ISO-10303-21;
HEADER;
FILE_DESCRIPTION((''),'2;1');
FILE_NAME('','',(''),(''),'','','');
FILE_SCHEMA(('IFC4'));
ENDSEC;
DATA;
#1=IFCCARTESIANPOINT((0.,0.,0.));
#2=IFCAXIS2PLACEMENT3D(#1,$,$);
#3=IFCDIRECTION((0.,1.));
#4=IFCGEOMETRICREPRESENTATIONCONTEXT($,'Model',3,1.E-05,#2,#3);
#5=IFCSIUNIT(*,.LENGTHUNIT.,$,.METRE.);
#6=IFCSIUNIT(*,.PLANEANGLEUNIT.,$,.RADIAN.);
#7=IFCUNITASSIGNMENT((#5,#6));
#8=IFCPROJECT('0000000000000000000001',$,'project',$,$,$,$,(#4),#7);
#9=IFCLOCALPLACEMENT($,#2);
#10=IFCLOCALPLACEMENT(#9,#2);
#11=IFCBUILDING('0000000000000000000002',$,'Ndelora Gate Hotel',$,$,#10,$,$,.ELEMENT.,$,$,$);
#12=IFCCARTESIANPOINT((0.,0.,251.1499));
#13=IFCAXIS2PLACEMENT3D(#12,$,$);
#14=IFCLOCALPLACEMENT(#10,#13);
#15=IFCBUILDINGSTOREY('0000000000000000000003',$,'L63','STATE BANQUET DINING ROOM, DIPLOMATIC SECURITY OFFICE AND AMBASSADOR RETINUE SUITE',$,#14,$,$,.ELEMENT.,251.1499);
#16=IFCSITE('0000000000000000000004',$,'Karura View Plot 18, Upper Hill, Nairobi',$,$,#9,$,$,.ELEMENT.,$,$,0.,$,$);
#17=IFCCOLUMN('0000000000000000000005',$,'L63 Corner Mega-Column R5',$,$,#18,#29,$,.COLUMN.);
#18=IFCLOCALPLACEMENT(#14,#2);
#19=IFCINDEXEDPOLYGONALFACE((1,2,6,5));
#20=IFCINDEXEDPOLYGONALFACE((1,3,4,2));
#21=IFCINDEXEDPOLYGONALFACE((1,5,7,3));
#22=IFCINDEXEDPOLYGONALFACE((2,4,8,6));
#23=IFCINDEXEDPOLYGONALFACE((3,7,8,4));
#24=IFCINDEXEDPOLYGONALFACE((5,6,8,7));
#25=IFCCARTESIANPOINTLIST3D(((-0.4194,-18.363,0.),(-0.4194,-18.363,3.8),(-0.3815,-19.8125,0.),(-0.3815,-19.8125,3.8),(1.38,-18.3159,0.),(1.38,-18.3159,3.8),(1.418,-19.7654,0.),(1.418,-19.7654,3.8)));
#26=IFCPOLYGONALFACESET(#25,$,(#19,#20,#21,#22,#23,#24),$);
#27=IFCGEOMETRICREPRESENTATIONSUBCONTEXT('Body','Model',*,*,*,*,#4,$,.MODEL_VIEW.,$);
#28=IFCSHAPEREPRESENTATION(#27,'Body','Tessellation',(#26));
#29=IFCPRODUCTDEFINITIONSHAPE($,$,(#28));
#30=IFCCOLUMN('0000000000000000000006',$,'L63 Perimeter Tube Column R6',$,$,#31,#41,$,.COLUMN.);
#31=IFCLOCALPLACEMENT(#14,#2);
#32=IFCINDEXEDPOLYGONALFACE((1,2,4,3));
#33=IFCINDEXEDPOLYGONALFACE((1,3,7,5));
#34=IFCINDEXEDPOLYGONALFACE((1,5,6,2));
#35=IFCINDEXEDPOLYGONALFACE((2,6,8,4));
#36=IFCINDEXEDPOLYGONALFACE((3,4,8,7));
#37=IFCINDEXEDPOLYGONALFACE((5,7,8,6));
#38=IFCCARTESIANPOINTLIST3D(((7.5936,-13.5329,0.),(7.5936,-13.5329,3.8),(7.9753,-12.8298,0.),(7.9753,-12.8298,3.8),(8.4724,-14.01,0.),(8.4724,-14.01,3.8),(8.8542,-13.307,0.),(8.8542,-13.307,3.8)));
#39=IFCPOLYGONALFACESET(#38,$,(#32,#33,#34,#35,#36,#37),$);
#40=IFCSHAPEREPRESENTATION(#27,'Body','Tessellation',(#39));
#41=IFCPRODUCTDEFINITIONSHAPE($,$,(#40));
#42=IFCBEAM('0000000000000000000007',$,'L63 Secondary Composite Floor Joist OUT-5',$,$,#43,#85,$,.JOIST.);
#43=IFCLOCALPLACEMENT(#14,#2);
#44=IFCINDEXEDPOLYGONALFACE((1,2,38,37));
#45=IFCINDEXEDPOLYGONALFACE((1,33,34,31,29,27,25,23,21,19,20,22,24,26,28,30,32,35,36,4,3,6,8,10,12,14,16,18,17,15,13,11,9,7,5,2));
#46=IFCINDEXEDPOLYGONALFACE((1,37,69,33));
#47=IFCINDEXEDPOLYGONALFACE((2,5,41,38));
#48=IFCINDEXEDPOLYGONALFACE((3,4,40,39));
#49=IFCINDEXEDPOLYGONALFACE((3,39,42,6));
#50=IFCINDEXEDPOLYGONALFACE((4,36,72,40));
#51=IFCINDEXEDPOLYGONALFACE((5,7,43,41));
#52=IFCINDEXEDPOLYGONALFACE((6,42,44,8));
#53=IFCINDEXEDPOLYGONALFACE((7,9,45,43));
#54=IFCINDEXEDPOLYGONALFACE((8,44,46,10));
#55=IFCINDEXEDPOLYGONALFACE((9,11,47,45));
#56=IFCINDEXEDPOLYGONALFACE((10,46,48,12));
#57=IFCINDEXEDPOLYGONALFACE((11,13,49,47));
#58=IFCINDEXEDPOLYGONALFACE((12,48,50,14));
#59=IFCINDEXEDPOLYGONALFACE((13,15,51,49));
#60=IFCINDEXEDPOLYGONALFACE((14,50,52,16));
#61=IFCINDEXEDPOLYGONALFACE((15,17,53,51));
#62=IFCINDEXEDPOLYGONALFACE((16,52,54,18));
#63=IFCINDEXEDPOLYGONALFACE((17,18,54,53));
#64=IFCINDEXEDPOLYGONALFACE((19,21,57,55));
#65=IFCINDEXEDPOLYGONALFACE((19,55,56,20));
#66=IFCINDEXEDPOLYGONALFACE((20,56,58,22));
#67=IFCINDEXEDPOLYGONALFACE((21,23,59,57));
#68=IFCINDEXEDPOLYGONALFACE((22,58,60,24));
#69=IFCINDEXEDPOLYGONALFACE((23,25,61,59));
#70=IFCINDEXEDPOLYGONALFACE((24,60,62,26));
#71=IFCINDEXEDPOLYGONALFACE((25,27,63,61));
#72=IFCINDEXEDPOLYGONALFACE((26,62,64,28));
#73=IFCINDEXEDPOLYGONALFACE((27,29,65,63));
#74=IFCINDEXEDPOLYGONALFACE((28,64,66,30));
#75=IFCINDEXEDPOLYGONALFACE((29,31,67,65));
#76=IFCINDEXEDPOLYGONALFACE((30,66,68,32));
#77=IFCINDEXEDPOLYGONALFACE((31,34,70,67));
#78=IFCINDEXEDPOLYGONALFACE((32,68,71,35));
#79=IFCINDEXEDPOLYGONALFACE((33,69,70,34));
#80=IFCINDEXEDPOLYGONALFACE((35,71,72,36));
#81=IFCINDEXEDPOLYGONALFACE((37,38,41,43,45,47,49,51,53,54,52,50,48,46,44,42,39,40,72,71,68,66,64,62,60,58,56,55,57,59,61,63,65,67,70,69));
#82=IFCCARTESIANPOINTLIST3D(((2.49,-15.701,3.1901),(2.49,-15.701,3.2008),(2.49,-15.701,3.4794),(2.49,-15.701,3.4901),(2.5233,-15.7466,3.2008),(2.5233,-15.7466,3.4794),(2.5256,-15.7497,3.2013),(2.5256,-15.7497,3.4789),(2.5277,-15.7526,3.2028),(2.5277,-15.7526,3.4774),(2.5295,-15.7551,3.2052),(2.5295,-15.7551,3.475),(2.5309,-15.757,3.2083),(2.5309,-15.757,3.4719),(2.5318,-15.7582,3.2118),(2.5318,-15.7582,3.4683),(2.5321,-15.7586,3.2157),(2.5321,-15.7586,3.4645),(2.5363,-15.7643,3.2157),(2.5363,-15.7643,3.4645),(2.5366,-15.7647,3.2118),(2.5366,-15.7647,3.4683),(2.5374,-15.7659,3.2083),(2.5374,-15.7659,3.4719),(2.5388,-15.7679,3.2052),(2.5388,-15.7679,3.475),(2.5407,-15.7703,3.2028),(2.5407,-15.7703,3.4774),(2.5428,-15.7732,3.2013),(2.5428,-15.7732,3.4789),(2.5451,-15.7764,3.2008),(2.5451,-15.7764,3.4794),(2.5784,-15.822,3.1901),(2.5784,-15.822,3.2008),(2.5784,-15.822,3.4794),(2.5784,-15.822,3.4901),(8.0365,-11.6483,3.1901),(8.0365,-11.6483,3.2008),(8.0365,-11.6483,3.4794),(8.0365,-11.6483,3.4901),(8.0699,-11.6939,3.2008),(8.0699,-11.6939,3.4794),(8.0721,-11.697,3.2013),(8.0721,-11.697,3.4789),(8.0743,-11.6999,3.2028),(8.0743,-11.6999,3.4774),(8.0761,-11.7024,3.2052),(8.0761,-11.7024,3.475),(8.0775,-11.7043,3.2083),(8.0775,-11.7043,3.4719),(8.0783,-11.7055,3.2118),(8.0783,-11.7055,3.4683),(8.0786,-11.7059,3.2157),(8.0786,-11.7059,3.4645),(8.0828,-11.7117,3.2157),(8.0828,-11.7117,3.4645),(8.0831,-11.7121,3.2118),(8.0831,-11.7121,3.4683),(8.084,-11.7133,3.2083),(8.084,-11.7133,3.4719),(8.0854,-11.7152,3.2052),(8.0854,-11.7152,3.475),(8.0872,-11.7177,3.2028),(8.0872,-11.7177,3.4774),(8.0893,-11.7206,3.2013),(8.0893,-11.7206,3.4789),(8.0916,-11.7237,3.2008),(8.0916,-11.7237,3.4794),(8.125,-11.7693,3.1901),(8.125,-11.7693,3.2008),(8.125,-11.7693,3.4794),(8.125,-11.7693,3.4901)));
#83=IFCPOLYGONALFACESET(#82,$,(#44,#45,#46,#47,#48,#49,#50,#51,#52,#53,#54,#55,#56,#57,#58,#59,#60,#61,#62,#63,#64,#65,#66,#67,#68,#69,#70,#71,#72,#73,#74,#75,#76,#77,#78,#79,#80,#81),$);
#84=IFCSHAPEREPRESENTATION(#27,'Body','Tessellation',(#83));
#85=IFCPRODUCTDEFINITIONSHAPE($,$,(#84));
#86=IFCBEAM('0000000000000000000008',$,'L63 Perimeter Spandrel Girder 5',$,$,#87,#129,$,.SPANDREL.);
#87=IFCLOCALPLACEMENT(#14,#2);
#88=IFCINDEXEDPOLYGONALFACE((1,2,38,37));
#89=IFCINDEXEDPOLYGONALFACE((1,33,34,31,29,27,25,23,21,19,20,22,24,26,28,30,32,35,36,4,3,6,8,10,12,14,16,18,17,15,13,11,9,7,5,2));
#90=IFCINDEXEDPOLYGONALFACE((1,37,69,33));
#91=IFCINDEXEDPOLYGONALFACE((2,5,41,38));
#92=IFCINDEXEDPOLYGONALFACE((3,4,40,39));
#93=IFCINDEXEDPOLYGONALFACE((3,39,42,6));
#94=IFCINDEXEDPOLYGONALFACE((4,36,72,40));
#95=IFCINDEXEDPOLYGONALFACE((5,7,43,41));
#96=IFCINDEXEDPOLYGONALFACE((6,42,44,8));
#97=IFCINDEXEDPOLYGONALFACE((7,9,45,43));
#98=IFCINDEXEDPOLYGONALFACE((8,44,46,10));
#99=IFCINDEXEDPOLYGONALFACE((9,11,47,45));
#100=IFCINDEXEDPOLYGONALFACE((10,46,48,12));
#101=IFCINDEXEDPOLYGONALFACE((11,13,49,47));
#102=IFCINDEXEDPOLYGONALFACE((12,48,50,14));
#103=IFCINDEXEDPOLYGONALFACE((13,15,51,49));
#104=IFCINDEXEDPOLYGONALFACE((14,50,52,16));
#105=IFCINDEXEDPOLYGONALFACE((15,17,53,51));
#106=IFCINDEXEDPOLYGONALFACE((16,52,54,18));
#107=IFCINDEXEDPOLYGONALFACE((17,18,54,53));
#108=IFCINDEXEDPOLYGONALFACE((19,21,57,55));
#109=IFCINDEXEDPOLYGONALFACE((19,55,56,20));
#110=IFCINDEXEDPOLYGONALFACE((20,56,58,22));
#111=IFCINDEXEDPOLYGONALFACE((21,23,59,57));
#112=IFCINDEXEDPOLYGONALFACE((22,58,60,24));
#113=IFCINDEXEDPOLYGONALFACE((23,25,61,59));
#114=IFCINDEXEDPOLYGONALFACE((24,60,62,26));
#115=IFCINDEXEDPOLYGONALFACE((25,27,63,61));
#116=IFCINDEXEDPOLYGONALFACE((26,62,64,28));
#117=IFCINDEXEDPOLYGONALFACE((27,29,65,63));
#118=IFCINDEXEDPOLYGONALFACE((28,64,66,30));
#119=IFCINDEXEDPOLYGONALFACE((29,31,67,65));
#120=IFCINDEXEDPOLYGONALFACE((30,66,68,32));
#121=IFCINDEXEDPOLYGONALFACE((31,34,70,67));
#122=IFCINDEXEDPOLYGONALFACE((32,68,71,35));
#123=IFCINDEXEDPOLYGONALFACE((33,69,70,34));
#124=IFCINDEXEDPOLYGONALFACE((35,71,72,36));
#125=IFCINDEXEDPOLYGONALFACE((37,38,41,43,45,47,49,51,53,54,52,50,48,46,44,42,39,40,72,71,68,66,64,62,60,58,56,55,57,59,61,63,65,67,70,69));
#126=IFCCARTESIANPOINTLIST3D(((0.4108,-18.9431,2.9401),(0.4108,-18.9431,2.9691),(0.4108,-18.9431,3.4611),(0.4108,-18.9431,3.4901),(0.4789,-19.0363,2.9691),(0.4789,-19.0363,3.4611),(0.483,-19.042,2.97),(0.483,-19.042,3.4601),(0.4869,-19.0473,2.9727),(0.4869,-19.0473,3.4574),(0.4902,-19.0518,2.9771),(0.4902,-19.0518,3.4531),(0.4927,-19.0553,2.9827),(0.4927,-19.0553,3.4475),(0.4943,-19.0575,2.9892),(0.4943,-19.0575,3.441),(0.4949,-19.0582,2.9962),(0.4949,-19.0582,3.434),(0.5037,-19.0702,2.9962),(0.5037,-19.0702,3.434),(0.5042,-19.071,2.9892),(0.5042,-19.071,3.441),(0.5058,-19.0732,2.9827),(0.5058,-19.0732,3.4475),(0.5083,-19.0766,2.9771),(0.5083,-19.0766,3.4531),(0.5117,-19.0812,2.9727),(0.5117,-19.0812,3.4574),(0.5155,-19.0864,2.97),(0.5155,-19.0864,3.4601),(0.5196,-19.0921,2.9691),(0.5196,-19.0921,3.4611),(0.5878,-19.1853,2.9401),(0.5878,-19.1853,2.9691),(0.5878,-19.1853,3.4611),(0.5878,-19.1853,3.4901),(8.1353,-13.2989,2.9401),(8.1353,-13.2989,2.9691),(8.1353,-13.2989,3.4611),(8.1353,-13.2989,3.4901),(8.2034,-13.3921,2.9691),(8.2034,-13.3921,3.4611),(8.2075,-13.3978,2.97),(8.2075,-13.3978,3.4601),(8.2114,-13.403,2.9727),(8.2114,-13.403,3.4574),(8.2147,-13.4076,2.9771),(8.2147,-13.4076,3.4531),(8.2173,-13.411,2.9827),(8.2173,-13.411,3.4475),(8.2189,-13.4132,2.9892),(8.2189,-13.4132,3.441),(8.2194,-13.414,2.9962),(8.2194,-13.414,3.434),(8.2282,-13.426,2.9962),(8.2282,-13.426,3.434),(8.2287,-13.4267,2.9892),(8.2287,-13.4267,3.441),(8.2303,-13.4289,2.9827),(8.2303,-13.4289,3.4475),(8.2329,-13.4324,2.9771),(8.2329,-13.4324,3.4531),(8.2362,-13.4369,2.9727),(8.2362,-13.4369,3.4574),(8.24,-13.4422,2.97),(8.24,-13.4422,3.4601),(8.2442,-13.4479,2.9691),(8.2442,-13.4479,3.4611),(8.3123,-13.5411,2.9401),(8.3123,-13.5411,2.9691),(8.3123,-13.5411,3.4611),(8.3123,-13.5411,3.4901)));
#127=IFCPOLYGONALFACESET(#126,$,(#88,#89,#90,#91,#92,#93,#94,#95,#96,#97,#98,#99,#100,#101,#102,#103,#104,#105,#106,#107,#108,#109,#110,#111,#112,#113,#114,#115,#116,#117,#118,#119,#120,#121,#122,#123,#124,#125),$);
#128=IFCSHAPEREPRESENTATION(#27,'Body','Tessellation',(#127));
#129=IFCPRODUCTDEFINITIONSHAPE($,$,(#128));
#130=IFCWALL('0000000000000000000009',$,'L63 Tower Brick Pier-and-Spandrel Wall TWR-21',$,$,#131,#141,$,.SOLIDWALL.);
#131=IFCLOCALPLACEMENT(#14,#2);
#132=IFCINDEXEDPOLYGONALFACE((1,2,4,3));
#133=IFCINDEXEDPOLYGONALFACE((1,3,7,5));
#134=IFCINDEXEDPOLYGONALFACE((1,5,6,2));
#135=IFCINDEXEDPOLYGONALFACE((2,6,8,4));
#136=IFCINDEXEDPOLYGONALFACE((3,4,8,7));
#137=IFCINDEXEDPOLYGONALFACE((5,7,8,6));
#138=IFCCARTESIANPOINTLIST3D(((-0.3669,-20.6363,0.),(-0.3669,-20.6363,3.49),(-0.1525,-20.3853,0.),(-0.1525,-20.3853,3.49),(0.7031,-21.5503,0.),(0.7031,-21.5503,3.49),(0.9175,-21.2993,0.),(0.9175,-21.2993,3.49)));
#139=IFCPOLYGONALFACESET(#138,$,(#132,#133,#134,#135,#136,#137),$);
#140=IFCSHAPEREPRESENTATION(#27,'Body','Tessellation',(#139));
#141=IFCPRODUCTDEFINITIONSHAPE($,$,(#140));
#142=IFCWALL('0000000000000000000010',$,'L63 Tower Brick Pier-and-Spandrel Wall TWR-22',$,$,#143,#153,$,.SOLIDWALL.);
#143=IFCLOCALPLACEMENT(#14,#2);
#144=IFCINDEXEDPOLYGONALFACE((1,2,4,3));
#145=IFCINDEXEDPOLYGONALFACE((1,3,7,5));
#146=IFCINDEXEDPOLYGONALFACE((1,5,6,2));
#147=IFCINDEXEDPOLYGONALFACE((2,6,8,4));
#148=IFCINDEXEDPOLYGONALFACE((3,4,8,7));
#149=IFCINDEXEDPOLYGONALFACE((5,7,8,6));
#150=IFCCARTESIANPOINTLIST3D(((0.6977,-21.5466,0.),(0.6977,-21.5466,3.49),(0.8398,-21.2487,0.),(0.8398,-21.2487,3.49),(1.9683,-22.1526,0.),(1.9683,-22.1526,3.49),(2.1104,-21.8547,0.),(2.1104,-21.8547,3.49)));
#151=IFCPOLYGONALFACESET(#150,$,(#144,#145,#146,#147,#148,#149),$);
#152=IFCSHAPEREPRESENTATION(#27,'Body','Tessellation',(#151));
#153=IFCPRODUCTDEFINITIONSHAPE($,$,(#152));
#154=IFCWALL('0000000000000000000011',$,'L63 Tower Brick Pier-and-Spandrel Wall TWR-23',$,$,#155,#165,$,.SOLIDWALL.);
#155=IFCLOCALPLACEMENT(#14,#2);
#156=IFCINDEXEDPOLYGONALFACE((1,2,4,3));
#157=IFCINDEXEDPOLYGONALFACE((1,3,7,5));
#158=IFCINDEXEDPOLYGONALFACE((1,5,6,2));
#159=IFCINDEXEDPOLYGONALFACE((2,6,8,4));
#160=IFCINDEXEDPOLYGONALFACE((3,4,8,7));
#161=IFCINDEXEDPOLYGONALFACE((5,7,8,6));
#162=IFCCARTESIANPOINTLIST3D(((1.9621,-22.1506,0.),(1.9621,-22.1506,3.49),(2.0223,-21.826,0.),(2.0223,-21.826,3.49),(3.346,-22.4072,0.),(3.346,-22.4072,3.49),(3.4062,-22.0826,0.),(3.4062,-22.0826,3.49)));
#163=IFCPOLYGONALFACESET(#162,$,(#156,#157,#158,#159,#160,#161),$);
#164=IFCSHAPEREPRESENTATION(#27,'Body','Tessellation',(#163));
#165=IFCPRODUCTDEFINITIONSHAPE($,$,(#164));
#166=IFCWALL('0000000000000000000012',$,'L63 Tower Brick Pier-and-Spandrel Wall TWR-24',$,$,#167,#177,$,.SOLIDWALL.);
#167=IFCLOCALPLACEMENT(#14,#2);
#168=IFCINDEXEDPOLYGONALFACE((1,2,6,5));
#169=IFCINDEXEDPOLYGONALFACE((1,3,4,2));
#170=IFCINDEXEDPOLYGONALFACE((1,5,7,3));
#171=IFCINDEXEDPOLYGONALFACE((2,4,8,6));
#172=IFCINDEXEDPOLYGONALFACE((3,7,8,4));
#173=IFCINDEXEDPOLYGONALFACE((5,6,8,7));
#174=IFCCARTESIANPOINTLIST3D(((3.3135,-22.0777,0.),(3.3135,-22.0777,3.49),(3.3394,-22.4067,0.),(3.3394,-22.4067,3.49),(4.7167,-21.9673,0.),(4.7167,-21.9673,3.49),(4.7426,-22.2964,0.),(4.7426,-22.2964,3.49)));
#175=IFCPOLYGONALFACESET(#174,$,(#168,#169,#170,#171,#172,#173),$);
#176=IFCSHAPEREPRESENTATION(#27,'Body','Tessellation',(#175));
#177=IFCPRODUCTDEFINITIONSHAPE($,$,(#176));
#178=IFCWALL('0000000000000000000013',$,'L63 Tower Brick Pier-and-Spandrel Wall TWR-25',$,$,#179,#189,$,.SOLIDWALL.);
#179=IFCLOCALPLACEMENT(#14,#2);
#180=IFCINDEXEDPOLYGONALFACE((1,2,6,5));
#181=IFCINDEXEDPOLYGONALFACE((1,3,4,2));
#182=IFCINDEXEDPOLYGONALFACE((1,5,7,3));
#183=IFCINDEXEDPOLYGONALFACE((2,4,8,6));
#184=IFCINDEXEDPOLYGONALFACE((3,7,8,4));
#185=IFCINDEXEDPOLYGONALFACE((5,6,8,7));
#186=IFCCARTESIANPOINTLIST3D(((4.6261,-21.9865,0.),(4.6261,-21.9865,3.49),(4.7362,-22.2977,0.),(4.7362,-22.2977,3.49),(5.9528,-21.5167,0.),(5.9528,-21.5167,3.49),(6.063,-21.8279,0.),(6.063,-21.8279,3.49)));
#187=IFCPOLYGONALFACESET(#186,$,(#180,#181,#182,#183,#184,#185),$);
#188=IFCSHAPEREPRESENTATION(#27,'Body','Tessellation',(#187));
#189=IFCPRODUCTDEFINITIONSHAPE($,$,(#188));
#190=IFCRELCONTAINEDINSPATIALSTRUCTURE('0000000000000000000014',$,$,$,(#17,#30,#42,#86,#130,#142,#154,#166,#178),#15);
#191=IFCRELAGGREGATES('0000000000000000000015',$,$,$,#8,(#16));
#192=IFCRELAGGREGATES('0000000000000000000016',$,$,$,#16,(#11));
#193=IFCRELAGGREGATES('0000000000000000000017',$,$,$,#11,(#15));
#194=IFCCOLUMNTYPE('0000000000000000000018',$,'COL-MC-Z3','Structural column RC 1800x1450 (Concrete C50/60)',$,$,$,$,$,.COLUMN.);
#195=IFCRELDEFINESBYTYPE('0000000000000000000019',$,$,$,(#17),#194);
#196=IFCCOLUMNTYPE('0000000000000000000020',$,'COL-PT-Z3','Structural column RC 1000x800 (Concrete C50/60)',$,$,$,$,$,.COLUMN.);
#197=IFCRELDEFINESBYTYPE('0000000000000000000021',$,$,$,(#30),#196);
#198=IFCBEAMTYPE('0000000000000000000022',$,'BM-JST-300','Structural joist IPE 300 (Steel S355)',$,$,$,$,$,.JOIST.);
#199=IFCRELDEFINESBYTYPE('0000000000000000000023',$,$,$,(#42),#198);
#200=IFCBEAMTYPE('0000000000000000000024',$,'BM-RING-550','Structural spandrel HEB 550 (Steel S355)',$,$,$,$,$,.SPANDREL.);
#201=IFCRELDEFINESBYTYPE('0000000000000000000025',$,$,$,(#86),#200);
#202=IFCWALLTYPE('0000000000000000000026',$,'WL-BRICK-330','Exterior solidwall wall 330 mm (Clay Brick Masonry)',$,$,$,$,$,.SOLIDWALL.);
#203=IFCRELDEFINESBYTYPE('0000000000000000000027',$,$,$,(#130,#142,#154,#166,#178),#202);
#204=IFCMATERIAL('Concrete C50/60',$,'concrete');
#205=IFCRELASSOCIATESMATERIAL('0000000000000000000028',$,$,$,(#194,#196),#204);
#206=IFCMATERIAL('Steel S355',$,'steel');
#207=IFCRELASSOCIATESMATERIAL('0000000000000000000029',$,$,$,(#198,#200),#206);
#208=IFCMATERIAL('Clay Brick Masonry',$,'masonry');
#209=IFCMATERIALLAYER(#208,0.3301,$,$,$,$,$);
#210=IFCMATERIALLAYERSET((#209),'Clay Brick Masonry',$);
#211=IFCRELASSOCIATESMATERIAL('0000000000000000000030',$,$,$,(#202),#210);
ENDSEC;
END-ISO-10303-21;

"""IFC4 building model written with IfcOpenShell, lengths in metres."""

from ifc_helpers import new_model, si_unit, direction, frame, frame_2d, origin, origin_2d, place, context, subcontext, project, spatial, rectangle, i_section, extrude, material, layer, layer_set, material_profile, profile_set, type_object, element, save


model = new_model("IFC4")

# Units and contexts
model_context = context("Model", 3, precision=1e-05, world=origin(), true_north=direction((0.0, 1.0)))
body_context = subcontext(model_context, "Body", "Model", "MODEL_VIEW")
ifc_project = project(units=[si_unit("LENGTHUNIT", "METRE"), si_unit("PLANEANGLEUNIT", "RADIAN")], contexts=[model_context])

# Site, building, storey
site_placement = place(None, origin())
site = spatial("IfcSite", under=ifc_project, at=site_placement, Name="Karura View Plot 18, Upper Hill, Nairobi", CompositionType="ELEMENT", RefElevation=0.0)
building_placement = place(site_placement, origin())
building = spatial("IfcBuilding", under=site, at=building_placement, Name="Ndelora Gate Hotel", CompositionType="ELEMENT")
storey_placement = place(building_placement, frame((0.0, 0.0, 251.1499)))
storey = spatial("IfcBuildingStorey", under=building, at=storey_placement, Name="L63", Description="STATE BANQUET DINING ROOM, DIPLOMATIC SECURITY OFFICE AND AMBASSADOR RETINUE SUITE", CompositionType="ELEMENT", Elevation=251.1499)

# Columns
ifc_material_1 = material(Name="Concrete C50/60", Category="concrete")
ifc_material_profile_1 = material_profile(ifc_material_1, rectangle(XDim=1.45, YDim=1.8, at=origin_2d()), Name="RC 1800x1450")
ifc_profile_set_1 = profile_set([ifc_material_profile_1], Name="Concrete C50/60")
column_type_1 = type_object("IfcColumnType", Name="COL-MC-Z3", Description="Structural column RC 1800x1450 (Concrete C50/60)", PredefinedType="COLUMN", material=ifc_profile_set_1)
column_1_placement = place(storey_placement, frame((0.4993, -19.0642, 0.0), z_axis=(0.0, 0.0, 1.0), x_axis=(-0.026177, 0.999657, 0.0)))
element("IfcColumn", 1, at=column_1_placement, inside=storey, type_object=column_type_1, Name="L63 Corner Mega-Column R5", PredefinedType="COLUMN", context=body_context, shape_type="SweptSolid", body=[
    extrude(rectangle(XDim=1.45, YDim=1.8, at=origin_2d()), origin(), (0.0, 0.0, 1.0), 3.8),
])
ifc_material_profile_2 = material_profile(ifc_material_1, rectangle(XDim=0.8, YDim=1.0, at=origin_2d()), Name="RC 1000x800")
ifc_profile_set_2 = profile_set([ifc_material_profile_2], Name="Concrete C50/60")
column_type_2 = type_object("IfcColumnType", Name="COL-PT-Z3", Description="Structural column RC 1000x800 (Concrete C50/60)", PredefinedType="COLUMN", material=ifc_profile_set_2)
column_2_placement = place(storey_placement, frame((8.2239, -13.4199, 0.0), z_axis=(0.0, 0.0, 1.0), x_axis=(0.477159, 0.878817, 0.0)))
element("IfcColumn", 2, at=column_2_placement, inside=storey, type_object=column_type_2, Name="L63 Perimeter Tube Column R6", PredefinedType="COLUMN", context=body_context, shape_type="SweptSolid", body=[
    extrude(rectangle(XDim=0.8, YDim=1.0, at=origin_2d()), origin(), (0.0, 0.0, 1.0), 3.8),
])

# Beams
ifc_material_2 = material(Name="Steel S355", Category="steel")
ifc_material_profile_3 = material_profile(ifc_material_2, i_section(OverallWidth=0.1499, OverallDepth=0.3, WebThickness=0.0071, FlangeThickness=0.0107, FilletRadius=0.0149, at=origin_2d()), Name="IPE 300")
ifc_profile_set_3 = profile_set([ifc_material_profile_3], Name="Steel S355")
beam_type_1 = type_object("IfcBeamType", Name="BM-JST-300", Description="Structural joist IPE 300 (Steel S355)", PredefinedType="JOIST", material=ifc_profile_set_3)
beam_1_placement = place(storey_placement, frame((2.5342, -15.7615, 3.3401), z_axis=(0.807431, 0.589962, 0.0), x_axis=(-0.589962, 0.807431, 0.0)))
element("IfcBeam", 3, at=beam_1_placement, inside=storey, type_object=beam_type_1, Name="L63 Secondary Composite Floor Joist OUT-5", PredefinedType="JOIST", context=body_context, shape_type="SweptSolid", body=[
    extrude(i_section(OverallWidth=0.1499, OverallDepth=0.3, WebThickness=0.0071, FlangeThickness=0.0107, FilletRadius=0.0149, at=origin_2d()), origin(), (0.0, 0.0, 1.0), 6.8694),
])
ifc_material_profile_4 = material_profile(ifc_material_2, i_section(OverallWidth=0.3, OverallDepth=0.55, WebThickness=0.0149, FlangeThickness=0.0291, FilletRadius=0.0271, at=origin_2d()), Name="HEB 550")
ifc_profile_set_4 = profile_set([ifc_material_profile_4], Name="Steel S355")
beam_type_2 = type_object("IfcBeamType", Name="BM-RING-550", Description="Structural spandrel HEB 550 (Steel S355)", PredefinedType="SPANDREL", material=ifc_profile_set_4)
beam_2_placement = place(storey_placement, frame((0.4993, -19.0642, 3.2151), z_axis=(0.807422, 0.589974, 0.0), x_axis=(-0.589974, 0.807422, 0.0)))
element("IfcBeam", 4, at=beam_2_placement, inside=storey, type_object=beam_type_2, Name="L63 Perimeter Spandrel Girder 5", PredefinedType="SPANDREL", context=body_context, shape_type="SweptSolid", body=[
    extrude(i_section(OverallWidth=0.3, OverallDepth=0.55, WebThickness=0.0149, FlangeThickness=0.0291, FilletRadius=0.0271, at=origin_2d()), origin(), (0.0, 0.0, 1.0), 9.5669),
])

# Walls
ifc_material_3 = material(Name="Clay Brick Masonry", Category="masonry")
ifc_layer_1 = layer(ifc_material_3, 0.3301)
ifc_layer_set_1 = layer_set([ifc_layer_1], Name="Clay Brick Masonry")
wall_type = type_object("IfcWallType", Name="WL-BRICK-330", Description="Exterior solidwall wall 330 mm (Clay Brick Masonry)", PredefinedType="SOLIDWALL", material=ifc_layer_set_1)
wall_1_placement = place(storey_placement, frame((0.8103, -21.4248, 0.0), z_axis=(0.0, 0.0, 1.0), x_axis=(-0.760358, 0.649505, 0.0)))
element("IfcWall", 5, at=wall_1_placement, inside=storey, type_object=wall_type, Name="L63 Tower Brick Pier-and-Spandrel Wall TWR-21", PredefinedType="SOLIDWALL", context=body_context, shape_type="SweptSolid", body=[
    extrude(rectangle(XDim=1.4072, YDim=0.3301, at=frame_2d((0.7036, 0.0))), origin(), (0.0, 0.0, 1.0), 3.49),
])
wall_2_placement = place(storey_placement, frame((2.0393, -22.0037, 0.0), z_axis=(0.0, 0.0, 1.0), x_axis=(-0.902597, 0.430486, 0.0)))
element("IfcWall", 6, at=wall_2_placement, inside=storey, type_object=wall_type, Name="L63 Tower Brick Pier-and-Spandrel Wall TWR-22", PredefinedType="SOLIDWALL", context=body_context, shape_type="SweptSolid", body=[
    extrude(rectangle(XDim=1.4077, YDim=0.3301, at=frame_2d((0.7039, 0.0))), origin(), (0.0, 0.0, 1.0), 3.49),
])
for number, where, z_axis, x_axis, name in (
    (7, (3.376, -22.2449, 0.0), (0.0, 0.0, 1.0), (-0.983239, 0.182319, 0.0), "L63 Tower Brick Pier-and-Spandrel Wall TWR-23"),
    (8, (4.7295, -22.1318, 0.0), (0.0, 0.0, 1.0), (-0.996921, -0.078408, 0.0), "L63 Tower Brick Pier-and-Spandrel Wall TWR-24"),
    (9, (6.0078, -21.6724, 0.0), (0.0, 0.0, 1.0), (-0.942657, -0.333764, 0.0), "L63 Tower Brick Pier-and-Spandrel Wall TWR-25"),
):
    element("IfcWall", number, at=place(storey_placement, frame(where, z_axis=z_axis, x_axis=x_axis)), inside=storey, type_object=wall_type, Name=name, PredefinedType="SOLIDWALL", context=body_context, shape_type="SweptSolid", body=[
        extrude(rectangle(XDim=1.4075, YDim=0.3301, at=frame_2d((0.7036, 0.0))), origin(), (0.0, 0.0, 1.0), 3.49),
    ])

save(model, "model.ifc")
